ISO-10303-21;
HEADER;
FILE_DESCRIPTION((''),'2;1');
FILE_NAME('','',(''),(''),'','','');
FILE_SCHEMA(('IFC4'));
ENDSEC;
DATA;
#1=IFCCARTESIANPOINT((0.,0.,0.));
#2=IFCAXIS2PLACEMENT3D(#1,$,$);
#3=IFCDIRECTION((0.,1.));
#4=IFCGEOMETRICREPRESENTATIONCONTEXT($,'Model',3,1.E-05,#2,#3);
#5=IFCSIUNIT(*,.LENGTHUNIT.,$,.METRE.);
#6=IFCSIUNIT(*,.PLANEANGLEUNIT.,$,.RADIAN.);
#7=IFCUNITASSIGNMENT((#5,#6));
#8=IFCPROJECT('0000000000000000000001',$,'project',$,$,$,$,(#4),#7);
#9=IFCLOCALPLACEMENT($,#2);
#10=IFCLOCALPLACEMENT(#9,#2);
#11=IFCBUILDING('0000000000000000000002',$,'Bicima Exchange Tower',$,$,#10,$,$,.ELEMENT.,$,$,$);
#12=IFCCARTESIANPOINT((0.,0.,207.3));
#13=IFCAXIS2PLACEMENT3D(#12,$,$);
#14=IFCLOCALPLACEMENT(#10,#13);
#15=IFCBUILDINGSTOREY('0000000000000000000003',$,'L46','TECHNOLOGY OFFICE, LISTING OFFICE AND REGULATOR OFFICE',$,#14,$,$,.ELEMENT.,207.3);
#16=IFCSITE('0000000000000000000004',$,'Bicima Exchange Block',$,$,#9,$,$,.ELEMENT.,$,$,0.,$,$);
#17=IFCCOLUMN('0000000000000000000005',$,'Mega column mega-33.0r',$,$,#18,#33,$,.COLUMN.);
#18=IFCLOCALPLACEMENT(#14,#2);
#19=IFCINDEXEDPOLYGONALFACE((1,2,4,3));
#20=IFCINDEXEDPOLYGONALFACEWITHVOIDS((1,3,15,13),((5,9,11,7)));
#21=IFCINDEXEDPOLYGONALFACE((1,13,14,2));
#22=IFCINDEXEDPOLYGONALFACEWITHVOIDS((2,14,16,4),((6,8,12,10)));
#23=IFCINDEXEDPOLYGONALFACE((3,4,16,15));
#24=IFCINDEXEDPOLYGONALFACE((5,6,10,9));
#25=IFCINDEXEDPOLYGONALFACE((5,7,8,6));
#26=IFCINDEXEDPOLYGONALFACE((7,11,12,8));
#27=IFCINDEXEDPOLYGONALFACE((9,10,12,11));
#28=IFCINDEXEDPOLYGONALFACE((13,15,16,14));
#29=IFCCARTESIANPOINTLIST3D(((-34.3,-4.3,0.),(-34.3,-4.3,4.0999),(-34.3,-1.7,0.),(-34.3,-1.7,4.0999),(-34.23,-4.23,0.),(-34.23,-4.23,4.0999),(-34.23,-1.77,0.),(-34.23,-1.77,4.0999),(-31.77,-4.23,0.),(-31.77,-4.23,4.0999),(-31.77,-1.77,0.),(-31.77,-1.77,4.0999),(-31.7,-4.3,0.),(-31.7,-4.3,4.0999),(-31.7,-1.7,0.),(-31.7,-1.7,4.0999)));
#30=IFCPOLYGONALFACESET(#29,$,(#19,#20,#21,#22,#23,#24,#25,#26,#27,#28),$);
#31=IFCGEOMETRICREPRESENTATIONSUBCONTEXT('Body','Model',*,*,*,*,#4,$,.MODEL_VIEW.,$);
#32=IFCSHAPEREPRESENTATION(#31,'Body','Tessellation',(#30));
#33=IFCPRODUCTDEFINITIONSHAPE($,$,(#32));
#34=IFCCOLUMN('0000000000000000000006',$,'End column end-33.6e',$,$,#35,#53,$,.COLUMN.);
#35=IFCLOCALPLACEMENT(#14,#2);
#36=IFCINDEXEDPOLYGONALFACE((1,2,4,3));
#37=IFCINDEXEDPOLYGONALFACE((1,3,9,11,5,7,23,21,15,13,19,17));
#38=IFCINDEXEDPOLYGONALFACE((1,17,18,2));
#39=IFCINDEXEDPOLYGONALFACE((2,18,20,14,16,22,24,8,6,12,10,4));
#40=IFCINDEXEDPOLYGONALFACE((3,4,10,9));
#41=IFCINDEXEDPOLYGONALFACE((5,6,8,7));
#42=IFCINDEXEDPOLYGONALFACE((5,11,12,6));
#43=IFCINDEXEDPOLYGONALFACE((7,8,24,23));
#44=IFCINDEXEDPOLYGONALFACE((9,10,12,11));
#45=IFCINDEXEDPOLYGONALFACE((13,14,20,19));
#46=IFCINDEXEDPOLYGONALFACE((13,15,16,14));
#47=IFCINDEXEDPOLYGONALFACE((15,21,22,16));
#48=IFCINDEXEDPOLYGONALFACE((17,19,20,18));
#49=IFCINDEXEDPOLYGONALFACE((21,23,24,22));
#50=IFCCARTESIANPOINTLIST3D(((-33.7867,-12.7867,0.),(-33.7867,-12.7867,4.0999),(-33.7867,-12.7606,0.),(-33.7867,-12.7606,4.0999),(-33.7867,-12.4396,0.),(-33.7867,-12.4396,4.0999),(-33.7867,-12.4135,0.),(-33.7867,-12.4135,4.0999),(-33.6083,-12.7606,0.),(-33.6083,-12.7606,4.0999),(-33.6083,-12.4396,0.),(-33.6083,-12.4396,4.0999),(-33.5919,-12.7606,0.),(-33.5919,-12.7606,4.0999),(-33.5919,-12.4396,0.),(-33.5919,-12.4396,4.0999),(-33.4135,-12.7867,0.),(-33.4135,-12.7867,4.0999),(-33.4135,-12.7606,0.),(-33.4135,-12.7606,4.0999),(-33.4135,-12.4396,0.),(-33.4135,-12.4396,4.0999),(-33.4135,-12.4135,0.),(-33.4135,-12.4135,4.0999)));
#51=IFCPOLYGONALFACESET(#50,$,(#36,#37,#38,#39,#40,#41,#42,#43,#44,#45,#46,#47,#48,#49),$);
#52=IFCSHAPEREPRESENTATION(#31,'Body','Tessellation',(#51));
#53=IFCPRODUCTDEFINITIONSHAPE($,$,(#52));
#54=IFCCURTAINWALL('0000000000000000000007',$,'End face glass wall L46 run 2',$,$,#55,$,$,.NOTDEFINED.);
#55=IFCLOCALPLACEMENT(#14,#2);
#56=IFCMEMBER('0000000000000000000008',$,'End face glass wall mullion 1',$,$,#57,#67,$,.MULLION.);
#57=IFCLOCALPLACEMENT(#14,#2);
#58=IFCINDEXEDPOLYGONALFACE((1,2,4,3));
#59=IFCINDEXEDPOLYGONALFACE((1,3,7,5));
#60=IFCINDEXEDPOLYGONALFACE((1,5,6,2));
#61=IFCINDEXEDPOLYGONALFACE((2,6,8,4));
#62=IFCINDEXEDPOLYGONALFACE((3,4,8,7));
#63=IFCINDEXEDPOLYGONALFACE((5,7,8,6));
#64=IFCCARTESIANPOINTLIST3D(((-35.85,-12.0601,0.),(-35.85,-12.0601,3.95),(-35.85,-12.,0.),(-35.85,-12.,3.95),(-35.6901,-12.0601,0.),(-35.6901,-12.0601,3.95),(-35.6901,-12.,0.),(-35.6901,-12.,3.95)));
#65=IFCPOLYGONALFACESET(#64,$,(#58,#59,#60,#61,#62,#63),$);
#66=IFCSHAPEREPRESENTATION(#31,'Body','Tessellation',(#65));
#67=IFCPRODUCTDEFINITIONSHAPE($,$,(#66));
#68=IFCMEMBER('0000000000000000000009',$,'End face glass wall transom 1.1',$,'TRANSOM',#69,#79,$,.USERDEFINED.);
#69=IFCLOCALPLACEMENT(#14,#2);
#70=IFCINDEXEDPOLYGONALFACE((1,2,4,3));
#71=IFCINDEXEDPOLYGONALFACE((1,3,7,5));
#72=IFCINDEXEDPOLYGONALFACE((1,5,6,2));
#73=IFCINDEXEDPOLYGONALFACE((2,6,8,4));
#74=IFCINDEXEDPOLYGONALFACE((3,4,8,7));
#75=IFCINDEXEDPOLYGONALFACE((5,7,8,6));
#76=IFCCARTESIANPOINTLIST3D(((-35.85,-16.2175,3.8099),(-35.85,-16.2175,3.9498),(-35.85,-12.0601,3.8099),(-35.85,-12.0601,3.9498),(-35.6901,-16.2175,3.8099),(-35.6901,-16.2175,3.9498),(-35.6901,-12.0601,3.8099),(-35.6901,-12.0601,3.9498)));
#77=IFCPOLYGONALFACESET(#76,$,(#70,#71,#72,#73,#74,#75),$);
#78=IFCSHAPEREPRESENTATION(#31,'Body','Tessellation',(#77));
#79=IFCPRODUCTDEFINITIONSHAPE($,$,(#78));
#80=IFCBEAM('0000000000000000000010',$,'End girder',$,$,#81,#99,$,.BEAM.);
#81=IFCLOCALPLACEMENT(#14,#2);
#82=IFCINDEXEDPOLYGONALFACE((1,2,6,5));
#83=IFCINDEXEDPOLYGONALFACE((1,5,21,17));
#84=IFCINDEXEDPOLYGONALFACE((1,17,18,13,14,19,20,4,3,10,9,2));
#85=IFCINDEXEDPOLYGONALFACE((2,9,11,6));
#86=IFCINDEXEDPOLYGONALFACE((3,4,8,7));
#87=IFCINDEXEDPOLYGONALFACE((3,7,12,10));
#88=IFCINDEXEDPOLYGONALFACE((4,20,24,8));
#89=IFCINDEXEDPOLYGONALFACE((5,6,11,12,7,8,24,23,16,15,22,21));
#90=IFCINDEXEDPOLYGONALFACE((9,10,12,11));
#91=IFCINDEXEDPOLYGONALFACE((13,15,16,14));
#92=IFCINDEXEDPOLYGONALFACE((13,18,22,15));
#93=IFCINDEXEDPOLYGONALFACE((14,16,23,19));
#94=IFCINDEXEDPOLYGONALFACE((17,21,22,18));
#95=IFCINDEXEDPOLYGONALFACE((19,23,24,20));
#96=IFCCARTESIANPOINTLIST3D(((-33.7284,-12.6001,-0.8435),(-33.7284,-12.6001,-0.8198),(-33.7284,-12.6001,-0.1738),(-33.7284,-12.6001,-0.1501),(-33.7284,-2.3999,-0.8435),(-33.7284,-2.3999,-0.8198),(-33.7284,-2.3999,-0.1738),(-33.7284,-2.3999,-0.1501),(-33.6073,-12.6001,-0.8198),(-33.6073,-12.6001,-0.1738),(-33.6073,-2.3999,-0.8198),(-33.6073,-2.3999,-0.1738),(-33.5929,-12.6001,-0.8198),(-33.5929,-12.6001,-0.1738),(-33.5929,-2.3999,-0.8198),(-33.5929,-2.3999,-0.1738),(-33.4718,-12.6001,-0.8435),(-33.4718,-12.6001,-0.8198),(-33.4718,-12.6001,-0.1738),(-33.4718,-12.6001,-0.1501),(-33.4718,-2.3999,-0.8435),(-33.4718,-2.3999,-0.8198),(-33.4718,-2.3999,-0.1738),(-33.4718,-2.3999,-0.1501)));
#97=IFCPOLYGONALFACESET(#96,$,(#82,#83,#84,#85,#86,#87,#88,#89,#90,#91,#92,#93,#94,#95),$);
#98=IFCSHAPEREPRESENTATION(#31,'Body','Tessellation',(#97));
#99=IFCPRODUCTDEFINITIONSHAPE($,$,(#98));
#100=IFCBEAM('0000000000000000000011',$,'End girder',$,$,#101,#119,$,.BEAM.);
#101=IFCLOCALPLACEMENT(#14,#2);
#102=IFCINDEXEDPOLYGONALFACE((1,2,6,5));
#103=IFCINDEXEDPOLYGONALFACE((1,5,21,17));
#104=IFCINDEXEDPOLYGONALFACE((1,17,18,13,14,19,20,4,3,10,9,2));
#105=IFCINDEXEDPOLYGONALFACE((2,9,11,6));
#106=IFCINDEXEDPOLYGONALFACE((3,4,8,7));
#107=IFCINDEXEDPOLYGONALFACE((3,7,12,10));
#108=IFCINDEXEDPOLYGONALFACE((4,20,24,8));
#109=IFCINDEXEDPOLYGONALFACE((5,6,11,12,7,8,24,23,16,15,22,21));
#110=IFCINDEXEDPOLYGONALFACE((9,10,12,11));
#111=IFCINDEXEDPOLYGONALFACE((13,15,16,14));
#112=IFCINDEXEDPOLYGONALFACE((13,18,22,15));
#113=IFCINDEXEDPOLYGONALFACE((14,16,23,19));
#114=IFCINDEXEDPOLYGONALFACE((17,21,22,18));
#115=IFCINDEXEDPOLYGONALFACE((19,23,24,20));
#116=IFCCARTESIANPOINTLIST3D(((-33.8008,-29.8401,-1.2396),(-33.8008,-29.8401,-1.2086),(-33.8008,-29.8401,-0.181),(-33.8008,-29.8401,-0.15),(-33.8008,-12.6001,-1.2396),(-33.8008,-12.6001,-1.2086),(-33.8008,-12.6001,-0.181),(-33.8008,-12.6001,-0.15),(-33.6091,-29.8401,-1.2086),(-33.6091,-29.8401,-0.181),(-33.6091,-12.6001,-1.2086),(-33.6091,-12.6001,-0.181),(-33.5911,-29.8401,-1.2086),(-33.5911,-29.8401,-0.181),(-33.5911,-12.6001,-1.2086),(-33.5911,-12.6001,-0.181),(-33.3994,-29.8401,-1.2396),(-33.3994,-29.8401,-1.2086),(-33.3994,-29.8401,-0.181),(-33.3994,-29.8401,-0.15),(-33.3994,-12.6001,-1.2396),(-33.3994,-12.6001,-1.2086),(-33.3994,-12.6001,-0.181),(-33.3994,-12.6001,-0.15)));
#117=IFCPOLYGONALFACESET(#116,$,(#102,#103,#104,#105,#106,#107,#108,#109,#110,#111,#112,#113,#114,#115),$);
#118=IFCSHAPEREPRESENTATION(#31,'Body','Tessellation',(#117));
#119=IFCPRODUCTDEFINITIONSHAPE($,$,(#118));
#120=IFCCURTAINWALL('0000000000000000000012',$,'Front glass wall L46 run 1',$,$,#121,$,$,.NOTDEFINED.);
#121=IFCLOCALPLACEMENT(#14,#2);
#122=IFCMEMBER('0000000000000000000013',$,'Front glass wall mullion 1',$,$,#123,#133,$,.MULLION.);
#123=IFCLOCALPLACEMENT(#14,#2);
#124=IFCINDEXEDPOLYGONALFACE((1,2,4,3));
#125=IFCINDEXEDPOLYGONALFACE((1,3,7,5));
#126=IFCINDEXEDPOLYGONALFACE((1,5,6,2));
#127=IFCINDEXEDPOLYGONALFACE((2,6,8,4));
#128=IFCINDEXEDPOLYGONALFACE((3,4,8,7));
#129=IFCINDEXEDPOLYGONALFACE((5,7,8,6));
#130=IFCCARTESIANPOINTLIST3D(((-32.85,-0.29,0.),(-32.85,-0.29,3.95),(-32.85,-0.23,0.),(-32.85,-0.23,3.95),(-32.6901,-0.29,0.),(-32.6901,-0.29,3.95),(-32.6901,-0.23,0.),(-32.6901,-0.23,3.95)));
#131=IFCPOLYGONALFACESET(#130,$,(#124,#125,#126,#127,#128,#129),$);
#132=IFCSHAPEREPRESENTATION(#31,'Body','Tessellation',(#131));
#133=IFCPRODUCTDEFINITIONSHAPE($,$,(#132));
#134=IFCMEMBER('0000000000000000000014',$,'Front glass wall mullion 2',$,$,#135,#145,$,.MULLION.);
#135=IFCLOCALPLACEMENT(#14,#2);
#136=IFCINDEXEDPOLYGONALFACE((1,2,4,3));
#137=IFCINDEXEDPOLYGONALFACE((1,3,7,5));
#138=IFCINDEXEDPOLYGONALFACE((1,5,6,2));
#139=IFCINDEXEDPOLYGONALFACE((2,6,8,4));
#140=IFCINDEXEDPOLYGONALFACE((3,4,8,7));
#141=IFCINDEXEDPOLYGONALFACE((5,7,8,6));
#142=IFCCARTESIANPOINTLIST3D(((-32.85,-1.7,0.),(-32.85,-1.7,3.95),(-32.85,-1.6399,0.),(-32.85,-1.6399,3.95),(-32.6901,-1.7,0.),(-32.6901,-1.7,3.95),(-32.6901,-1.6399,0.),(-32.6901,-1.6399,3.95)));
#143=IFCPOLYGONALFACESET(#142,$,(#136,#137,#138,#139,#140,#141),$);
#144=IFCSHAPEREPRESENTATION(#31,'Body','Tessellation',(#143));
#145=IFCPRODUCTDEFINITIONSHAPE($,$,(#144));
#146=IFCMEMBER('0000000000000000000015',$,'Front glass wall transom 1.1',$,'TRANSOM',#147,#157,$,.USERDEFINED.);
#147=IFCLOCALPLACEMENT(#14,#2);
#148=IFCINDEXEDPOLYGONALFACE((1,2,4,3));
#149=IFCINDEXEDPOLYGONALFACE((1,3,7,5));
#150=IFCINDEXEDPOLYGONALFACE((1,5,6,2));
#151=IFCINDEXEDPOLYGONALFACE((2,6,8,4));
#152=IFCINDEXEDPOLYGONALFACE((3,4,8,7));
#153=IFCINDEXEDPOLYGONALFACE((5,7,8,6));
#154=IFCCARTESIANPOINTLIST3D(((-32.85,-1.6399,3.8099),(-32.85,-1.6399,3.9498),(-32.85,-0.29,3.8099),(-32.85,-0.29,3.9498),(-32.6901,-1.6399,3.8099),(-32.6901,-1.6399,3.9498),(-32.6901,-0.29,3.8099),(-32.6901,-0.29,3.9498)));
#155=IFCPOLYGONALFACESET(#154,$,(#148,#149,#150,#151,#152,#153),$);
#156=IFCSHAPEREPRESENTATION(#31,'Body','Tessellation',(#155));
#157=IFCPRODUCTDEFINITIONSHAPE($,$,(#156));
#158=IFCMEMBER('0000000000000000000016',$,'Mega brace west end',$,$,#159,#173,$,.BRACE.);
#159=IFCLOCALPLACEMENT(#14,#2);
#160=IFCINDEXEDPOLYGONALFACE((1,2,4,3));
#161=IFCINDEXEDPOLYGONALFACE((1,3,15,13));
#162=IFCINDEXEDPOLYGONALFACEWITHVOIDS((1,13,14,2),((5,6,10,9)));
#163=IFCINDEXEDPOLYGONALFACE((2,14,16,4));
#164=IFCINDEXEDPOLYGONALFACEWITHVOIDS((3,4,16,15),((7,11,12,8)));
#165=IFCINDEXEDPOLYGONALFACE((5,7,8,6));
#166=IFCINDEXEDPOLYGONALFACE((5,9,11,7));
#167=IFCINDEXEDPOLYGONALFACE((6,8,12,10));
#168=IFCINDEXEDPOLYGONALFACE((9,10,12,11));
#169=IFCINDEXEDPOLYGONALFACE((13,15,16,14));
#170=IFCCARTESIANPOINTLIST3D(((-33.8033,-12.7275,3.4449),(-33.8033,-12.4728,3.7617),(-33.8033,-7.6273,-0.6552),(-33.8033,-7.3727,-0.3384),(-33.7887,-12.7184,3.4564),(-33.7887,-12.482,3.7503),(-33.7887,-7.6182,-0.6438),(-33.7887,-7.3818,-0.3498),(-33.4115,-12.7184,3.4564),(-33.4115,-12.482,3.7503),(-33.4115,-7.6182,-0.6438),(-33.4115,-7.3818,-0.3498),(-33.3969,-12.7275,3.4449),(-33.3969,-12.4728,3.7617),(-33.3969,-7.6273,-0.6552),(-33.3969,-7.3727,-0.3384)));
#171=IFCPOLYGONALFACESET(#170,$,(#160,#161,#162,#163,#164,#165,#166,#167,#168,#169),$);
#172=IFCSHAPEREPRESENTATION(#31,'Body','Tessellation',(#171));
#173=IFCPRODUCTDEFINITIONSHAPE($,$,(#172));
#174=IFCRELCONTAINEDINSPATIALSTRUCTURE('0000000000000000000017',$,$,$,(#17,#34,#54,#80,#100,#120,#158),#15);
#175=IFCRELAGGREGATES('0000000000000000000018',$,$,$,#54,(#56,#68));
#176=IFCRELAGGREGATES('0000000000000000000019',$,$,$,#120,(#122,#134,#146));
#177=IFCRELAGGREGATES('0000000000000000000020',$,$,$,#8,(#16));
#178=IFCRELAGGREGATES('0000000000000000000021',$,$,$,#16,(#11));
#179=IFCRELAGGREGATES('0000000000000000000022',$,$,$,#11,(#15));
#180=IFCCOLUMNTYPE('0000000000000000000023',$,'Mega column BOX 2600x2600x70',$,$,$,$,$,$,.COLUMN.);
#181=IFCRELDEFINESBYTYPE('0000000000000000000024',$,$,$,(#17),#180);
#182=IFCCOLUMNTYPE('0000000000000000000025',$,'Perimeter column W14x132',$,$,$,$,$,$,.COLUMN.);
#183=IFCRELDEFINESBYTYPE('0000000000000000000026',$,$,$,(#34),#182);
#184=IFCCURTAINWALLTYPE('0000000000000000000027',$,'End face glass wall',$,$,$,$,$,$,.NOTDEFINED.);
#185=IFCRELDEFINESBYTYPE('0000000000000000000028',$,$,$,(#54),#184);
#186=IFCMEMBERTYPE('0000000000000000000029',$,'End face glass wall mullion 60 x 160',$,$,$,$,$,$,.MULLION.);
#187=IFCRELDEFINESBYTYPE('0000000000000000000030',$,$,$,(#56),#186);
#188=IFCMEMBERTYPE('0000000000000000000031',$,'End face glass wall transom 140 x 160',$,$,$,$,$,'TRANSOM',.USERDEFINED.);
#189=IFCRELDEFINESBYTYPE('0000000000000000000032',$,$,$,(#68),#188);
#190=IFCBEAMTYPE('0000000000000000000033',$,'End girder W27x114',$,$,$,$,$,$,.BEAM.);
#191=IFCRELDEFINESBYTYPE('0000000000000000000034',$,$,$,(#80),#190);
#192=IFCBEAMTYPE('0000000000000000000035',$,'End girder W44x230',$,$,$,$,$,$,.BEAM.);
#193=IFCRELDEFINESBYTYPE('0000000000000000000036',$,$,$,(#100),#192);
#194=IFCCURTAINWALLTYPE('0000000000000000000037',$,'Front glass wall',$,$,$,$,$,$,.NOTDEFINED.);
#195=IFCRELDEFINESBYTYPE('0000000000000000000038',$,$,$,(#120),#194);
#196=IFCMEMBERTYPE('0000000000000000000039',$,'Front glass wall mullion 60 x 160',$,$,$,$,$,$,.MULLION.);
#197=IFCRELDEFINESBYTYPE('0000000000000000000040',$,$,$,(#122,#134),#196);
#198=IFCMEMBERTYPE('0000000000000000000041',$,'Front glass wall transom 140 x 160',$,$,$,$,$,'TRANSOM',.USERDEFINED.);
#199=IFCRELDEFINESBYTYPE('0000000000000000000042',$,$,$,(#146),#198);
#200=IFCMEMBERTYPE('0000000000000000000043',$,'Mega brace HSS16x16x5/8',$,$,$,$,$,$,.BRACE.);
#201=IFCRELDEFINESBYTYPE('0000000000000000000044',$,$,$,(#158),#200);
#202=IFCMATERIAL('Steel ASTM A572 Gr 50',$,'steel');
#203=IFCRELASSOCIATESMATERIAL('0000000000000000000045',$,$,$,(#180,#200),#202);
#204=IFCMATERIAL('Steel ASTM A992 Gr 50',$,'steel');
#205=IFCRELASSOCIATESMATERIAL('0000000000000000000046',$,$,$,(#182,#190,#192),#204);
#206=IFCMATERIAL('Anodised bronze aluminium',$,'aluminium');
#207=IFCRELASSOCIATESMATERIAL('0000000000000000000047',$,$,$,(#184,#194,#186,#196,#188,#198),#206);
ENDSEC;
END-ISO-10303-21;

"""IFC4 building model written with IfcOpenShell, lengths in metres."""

from ifc_helpers import new_model, si_unit, direction, frame, origin, origin_2d, place, context, subcontext, project, spatial, rectangle, hollow_rectangle, i_section, extrude, material, material_profile, profile_set, type_object, element, aggregate, save


model = new_model("IFC4")

# Units and contexts
model_context = context("Model", 3, precision=1e-05, world=origin(), true_north=direction((0.0, 1.0)))
body_context = subcontext(model_context, "Body", "Model", "MODEL_VIEW")
ifc_project = project(units=[si_unit("LENGTHUNIT", "METRE"), si_unit("PLANEANGLEUNIT", "RADIAN")], contexts=[model_context])

# Site, building, storey
site_placement = place(None, origin())
site = spatial("IfcSite", under=ifc_project, at=site_placement, Name="Bicima Exchange Block", CompositionType="ELEMENT", RefElevation=0.0)
building_placement = place(site_placement, origin())
building = spatial("IfcBuilding", under=site, at=building_placement, Name="Bicima Exchange Tower", CompositionType="ELEMENT")
storey_placement = place(building_placement, frame((0.0, 0.0, 207.3)))
storey = spatial("IfcBuildingStorey", under=building, at=storey_placement, Name="L46", Description="TECHNOLOGY OFFICE, LISTING OFFICE AND REGULATOR OFFICE", CompositionType="ELEMENT", Elevation=207.3)

# Columns
ifc_material_1 = material(Name="Steel ASTM A572 Gr 50", Category="steel")
ifc_material_profile_1 = material_profile(ifc_material_1, hollow_rectangle(XDim=2.6001, YDim=2.6001, WallThickness=0.0701, at=origin_2d()))
ifc_profile_set_1 = profile_set([ifc_material_profile_1], Name="Steel ASTM A572 Gr 50")
column_type_1 = type_object("IfcColumnType", Name="Mega column BOX 2600x2600x70", PredefinedType="COLUMN", material=ifc_profile_set_1)
column_1_placement = place(storey_placement, frame((-33.0, -3.0, 0.0), z_axis=(0.0, 0.0, 1.0), x_axis=(1.0, 0.0, 0.0)))
element("IfcColumn", 1, at=column_1_placement, inside=storey, type_object=column_type_1, Name="Mega column mega-33.0r", PredefinedType="COLUMN", context=body_context, shape_type="SweptSolid", body=[
    extrude(hollow_rectangle(XDim=2.6001, YDim=2.6001, WallThickness=0.0701, at=origin_2d()), origin(), (0.0, 0.0, 1.0), 4.0999),
])
ifc_material_2 = material(Name="Steel ASTM A992 Gr 50", Category="steel")
ifc_material_profile_2 = material_profile(ifc_material_2, i_section(OverallWidth=0.3733, OverallDepth=0.3733, WebThickness=0.0164, FlangeThickness=0.0261, at=origin_2d()))
ifc_profile_set_2 = profile_set([ifc_material_profile_2], Name="Steel ASTM A992 Gr 50")
column_type_2 = type_object("IfcColumnType", Name="Perimeter column W14x132", PredefinedType="COLUMN", material=ifc_profile_set_2)
column_2_placement = place(storey_placement, frame((-33.6001, -12.6001, 0.0), z_axis=(0.0, 0.0, 1.0), x_axis=(1.0, 0.0, 0.0)))
element("IfcColumn", 2, at=column_2_placement, inside=storey, type_object=column_type_2, Name="End column end-33.6e", PredefinedType="COLUMN", context=body_context, shape_type="SweptSolid", body=[
    extrude(i_section(OverallWidth=0.3733, OverallDepth=0.3733, WebThickness=0.0164, FlangeThickness=0.0261, at=origin_2d()), origin(), (0.0, 0.0, 1.0), 4.0999),
])

# Curtain wall, members
ifc_material_3 = material(Name="Anodised bronze aluminium", Category="aluminium")
curtain_wall_type_1 = type_object("IfcCurtainWallType", Name="End face glass wall", PredefinedType="NOTDEFINED", material=ifc_material_3)
curtain_wall_1_placement = place(storey_placement, origin())
curtain_wall_1 = element("IfcCurtainWall", 3, at=curtain_wall_1_placement, inside=storey, type_object=curtain_wall_type_1, Name="End face glass wall L46 run 2", PredefinedType="NOTDEFINED")
ifc_material_profile_3 = material_profile(ifc_material_3, rectangle(XDim=0.1599, YDim=0.0601, at=origin_2d()))
ifc_profile_set_3 = profile_set([ifc_material_profile_3], Name="Anodised bronze aluminium")
member_type_1 = type_object("IfcMemberType", Name="End face glass wall mullion 60 x 160", PredefinedType="MULLION", material=ifc_profile_set_3)
member_1_placement = place(storey_placement, frame((-35.77, -12.03, 0.0), z_axis=(0.0, 0.0, 1.0), x_axis=(1.0, 0.0, 0.0)))
member_1 = element("IfcMember", 4, at=member_1_placement, type_object=member_type_1, Name="End face glass wall mullion 1", PredefinedType="MULLION", context=body_context, shape_type="SweptSolid", body=[
    extrude(rectangle(XDim=0.1599, YDim=0.0601, at=origin_2d()), origin(), (0.0, 0.0, 1.0), 3.95),
])
ifc_material_profile_4 = material_profile(ifc_material_3, rectangle(XDim=0.1599, YDim=0.1399, at=origin_2d()))
ifc_profile_set_4 = profile_set([ifc_material_profile_4], Name="Anodised bronze aluminium")
member_type_2 = type_object("IfcMemberType", Name="End face glass wall transom 140 x 160", ElementType="TRANSOM", PredefinedType="USERDEFINED", material=ifc_profile_set_4)
member_2_placement = place(storey_placement, frame((-35.77, -12.0601, 3.8799), z_axis=(0.0, -1.0, 0.0), x_axis=(1.0, 0.0, 0.0)))
member_2 = element("IfcMember", 5, at=member_2_placement, type_object=member_type_2, Name="End face glass wall transom 1.1", ObjectType="TRANSOM", PredefinedType="USERDEFINED", context=body_context, shape_type="SweptSolid", body=[
    extrude(rectangle(XDim=0.1599, YDim=0.1399, at=origin_2d()), origin(), (0.0, 0.0, 1.0), 4.1575),
])
aggregate(curtain_wall_1, [member_1, member_2])

# Beams
ifc_material_profile_5 = material_profile(ifc_material_2, i_section(OverallWidth=0.2566, OverallDepth=0.6934, WebThickness=0.0144, FlangeThickness=0.0237, at=origin_2d()))
ifc_profile_set_5 = profile_set([ifc_material_profile_5], Name="Steel ASTM A992 Gr 50")
beam_type_1 = type_object("IfcBeamType", Name="End girder W27x114", PredefinedType="BEAM", material=ifc_profile_set_5)
beam_1_placement = place(storey_placement, frame((-33.6001, -2.3999, -0.4968), z_axis=(0.0, -1.0, 0.0), x_axis=(1.0, 0.0, 0.0)))
element("IfcBeam", 6, at=beam_1_placement, inside=storey, type_object=beam_type_1, Name="End girder", PredefinedType="BEAM", context=body_context, shape_type="SweptSolid", body=[
    extrude(i_section(OverallWidth=0.2566, OverallDepth=0.6934, WebThickness=0.0144, FlangeThickness=0.0237, at=origin_2d()), origin(), (0.0, 0.0, 1.0), 10.2002),
])
ifc_material_profile_6 = material_profile(ifc_material_2, i_section(OverallWidth=0.4014, OverallDepth=1.0896, WebThickness=0.0181, FlangeThickness=0.031, at=origin_2d()))
ifc_profile_set_6 = profile_set([ifc_material_profile_6], Name="Steel ASTM A992 Gr 50")
beam_type_2 = type_object("IfcBeamType", Name="End girder W44x230", PredefinedType="BEAM", material=ifc_profile_set_6)
beam_2_placement = place(storey_placement, frame((-33.6001, -12.6001, -0.6948), z_axis=(0.0, -1.0, 0.0), x_axis=(1.0, 0.0, 0.0)))
element("IfcBeam", 7, at=beam_2_placement, inside=storey, type_object=beam_type_2, Name="End girder", PredefinedType="BEAM", context=body_context, shape_type="SweptSolid", body=[
    extrude(i_section(OverallWidth=0.4014, OverallDepth=1.0896, WebThickness=0.0181, FlangeThickness=0.031, at=origin_2d()), origin(), (0.0, 0.0, 1.0), 17.24),
])

# Curtain wall, members
curtain_wall_type_2 = type_object("IfcCurtainWallType", Name="Front glass wall", PredefinedType="NOTDEFINED", material=ifc_material_3)
curtain_wall_2_placement = place(storey_placement, origin())
curtain_wall_2 = element("IfcCurtainWall", 8, at=curtain_wall_2_placement, inside=storey, type_object=curtain_wall_type_2, Name="Front glass wall L46 run 1", PredefinedType="NOTDEFINED")
member_type_3 = type_object("IfcMemberType", Name="Front glass wall mullion 60 x 160", PredefinedType="MULLION", material=ifc_profile_set_3)
member_3_placement = place(storey_placement, frame((-32.77, -0.26, 0.0), z_axis=(0.0, 0.0, 1.0), x_axis=(1.0, 0.0, 0.0)))
member_3 = element("IfcMember", 9, at=member_3_placement, type_object=member_type_3, Name="Front glass wall mullion 1", PredefinedType="MULLION", context=body_context, shape_type="SweptSolid", body=[
    extrude(rectangle(XDim=0.1599, YDim=0.0601, at=origin_2d()), origin(), (0.0, 0.0, 1.0), 3.95),
])
member_4_placement = place(storey_placement, frame((-32.77, -1.6699, 0.0), z_axis=(0.0, 0.0, 1.0), x_axis=(1.0, 0.0, 0.0)))
member_4 = element("IfcMember", 10, at=member_4_placement, type_object=member_type_3, Name="Front glass wall mullion 2", PredefinedType="MULLION", context=body_context, shape_type="SweptSolid", body=[
    extrude(rectangle(XDim=0.1599, YDim=0.0601, at=origin_2d()), origin(), (0.0, 0.0, 1.0), 3.95),
])
member_type_4 = type_object("IfcMemberType", Name="Front glass wall transom 140 x 160", ElementType="TRANSOM", PredefinedType="USERDEFINED", material=ifc_profile_set_4)
member_5_placement = place(storey_placement, frame((-32.77, -0.29, 3.8799), z_axis=(0.0, -1.0, 0.0), x_axis=(1.0, 0.0, 0.0)))
member_5 = element("IfcMember", 11, at=member_5_placement, type_object=member_type_4, Name="Front glass wall transom 1.1", ObjectType="TRANSOM", PredefinedType="USERDEFINED", context=body_context, shape_type="SweptSolid", body=[
    extrude(rectangle(XDim=0.1599, YDim=0.1399, at=origin_2d()), origin(), (0.0, 0.0, 1.0), 1.3499),
])

# Member
ifc_material_profile_7 = material_profile(ifc_material_1, hollow_rectangle(XDim=0.4065, YDim=0.4065, WallThickness=0.0146, at=origin_2d()))
ifc_profile_set_7 = profile_set([ifc_material_profile_7], Name="Steel ASTM A572 Gr 50")
member_type_5 = type_object("IfcMemberType", Name="Mega brace HSS16x16x5/8", PredefinedType="BRACE", material=ifc_profile_set_7)
for number, where, z_axis, x_axis, name in (
    (12, (-33.6001, -7.5, -0.4968), (0.0, -0.779374, 0.626559), (1.0, 0.0, 0.0), "Mega brace west end"),
):
    element("IfcMember", number, at=place(storey_placement, frame(where, z_axis=z_axis, x_axis=x_axis)), inside=storey, type_object=member_type_5, Name=name, PredefinedType="BRACE", context=body_context, shape_type="SweptSolid", body=[
        extrude(hollow_rectangle(XDim=0.4065, YDim=0.4065, WallThickness=0.0146, at=origin_2d()), origin(), (0.0, 0.0, 1.0), 6.5439),
    ])

aggregate(curtain_wall_2, [member_3, member_4, member_5])

save(model, "model.ifc")
